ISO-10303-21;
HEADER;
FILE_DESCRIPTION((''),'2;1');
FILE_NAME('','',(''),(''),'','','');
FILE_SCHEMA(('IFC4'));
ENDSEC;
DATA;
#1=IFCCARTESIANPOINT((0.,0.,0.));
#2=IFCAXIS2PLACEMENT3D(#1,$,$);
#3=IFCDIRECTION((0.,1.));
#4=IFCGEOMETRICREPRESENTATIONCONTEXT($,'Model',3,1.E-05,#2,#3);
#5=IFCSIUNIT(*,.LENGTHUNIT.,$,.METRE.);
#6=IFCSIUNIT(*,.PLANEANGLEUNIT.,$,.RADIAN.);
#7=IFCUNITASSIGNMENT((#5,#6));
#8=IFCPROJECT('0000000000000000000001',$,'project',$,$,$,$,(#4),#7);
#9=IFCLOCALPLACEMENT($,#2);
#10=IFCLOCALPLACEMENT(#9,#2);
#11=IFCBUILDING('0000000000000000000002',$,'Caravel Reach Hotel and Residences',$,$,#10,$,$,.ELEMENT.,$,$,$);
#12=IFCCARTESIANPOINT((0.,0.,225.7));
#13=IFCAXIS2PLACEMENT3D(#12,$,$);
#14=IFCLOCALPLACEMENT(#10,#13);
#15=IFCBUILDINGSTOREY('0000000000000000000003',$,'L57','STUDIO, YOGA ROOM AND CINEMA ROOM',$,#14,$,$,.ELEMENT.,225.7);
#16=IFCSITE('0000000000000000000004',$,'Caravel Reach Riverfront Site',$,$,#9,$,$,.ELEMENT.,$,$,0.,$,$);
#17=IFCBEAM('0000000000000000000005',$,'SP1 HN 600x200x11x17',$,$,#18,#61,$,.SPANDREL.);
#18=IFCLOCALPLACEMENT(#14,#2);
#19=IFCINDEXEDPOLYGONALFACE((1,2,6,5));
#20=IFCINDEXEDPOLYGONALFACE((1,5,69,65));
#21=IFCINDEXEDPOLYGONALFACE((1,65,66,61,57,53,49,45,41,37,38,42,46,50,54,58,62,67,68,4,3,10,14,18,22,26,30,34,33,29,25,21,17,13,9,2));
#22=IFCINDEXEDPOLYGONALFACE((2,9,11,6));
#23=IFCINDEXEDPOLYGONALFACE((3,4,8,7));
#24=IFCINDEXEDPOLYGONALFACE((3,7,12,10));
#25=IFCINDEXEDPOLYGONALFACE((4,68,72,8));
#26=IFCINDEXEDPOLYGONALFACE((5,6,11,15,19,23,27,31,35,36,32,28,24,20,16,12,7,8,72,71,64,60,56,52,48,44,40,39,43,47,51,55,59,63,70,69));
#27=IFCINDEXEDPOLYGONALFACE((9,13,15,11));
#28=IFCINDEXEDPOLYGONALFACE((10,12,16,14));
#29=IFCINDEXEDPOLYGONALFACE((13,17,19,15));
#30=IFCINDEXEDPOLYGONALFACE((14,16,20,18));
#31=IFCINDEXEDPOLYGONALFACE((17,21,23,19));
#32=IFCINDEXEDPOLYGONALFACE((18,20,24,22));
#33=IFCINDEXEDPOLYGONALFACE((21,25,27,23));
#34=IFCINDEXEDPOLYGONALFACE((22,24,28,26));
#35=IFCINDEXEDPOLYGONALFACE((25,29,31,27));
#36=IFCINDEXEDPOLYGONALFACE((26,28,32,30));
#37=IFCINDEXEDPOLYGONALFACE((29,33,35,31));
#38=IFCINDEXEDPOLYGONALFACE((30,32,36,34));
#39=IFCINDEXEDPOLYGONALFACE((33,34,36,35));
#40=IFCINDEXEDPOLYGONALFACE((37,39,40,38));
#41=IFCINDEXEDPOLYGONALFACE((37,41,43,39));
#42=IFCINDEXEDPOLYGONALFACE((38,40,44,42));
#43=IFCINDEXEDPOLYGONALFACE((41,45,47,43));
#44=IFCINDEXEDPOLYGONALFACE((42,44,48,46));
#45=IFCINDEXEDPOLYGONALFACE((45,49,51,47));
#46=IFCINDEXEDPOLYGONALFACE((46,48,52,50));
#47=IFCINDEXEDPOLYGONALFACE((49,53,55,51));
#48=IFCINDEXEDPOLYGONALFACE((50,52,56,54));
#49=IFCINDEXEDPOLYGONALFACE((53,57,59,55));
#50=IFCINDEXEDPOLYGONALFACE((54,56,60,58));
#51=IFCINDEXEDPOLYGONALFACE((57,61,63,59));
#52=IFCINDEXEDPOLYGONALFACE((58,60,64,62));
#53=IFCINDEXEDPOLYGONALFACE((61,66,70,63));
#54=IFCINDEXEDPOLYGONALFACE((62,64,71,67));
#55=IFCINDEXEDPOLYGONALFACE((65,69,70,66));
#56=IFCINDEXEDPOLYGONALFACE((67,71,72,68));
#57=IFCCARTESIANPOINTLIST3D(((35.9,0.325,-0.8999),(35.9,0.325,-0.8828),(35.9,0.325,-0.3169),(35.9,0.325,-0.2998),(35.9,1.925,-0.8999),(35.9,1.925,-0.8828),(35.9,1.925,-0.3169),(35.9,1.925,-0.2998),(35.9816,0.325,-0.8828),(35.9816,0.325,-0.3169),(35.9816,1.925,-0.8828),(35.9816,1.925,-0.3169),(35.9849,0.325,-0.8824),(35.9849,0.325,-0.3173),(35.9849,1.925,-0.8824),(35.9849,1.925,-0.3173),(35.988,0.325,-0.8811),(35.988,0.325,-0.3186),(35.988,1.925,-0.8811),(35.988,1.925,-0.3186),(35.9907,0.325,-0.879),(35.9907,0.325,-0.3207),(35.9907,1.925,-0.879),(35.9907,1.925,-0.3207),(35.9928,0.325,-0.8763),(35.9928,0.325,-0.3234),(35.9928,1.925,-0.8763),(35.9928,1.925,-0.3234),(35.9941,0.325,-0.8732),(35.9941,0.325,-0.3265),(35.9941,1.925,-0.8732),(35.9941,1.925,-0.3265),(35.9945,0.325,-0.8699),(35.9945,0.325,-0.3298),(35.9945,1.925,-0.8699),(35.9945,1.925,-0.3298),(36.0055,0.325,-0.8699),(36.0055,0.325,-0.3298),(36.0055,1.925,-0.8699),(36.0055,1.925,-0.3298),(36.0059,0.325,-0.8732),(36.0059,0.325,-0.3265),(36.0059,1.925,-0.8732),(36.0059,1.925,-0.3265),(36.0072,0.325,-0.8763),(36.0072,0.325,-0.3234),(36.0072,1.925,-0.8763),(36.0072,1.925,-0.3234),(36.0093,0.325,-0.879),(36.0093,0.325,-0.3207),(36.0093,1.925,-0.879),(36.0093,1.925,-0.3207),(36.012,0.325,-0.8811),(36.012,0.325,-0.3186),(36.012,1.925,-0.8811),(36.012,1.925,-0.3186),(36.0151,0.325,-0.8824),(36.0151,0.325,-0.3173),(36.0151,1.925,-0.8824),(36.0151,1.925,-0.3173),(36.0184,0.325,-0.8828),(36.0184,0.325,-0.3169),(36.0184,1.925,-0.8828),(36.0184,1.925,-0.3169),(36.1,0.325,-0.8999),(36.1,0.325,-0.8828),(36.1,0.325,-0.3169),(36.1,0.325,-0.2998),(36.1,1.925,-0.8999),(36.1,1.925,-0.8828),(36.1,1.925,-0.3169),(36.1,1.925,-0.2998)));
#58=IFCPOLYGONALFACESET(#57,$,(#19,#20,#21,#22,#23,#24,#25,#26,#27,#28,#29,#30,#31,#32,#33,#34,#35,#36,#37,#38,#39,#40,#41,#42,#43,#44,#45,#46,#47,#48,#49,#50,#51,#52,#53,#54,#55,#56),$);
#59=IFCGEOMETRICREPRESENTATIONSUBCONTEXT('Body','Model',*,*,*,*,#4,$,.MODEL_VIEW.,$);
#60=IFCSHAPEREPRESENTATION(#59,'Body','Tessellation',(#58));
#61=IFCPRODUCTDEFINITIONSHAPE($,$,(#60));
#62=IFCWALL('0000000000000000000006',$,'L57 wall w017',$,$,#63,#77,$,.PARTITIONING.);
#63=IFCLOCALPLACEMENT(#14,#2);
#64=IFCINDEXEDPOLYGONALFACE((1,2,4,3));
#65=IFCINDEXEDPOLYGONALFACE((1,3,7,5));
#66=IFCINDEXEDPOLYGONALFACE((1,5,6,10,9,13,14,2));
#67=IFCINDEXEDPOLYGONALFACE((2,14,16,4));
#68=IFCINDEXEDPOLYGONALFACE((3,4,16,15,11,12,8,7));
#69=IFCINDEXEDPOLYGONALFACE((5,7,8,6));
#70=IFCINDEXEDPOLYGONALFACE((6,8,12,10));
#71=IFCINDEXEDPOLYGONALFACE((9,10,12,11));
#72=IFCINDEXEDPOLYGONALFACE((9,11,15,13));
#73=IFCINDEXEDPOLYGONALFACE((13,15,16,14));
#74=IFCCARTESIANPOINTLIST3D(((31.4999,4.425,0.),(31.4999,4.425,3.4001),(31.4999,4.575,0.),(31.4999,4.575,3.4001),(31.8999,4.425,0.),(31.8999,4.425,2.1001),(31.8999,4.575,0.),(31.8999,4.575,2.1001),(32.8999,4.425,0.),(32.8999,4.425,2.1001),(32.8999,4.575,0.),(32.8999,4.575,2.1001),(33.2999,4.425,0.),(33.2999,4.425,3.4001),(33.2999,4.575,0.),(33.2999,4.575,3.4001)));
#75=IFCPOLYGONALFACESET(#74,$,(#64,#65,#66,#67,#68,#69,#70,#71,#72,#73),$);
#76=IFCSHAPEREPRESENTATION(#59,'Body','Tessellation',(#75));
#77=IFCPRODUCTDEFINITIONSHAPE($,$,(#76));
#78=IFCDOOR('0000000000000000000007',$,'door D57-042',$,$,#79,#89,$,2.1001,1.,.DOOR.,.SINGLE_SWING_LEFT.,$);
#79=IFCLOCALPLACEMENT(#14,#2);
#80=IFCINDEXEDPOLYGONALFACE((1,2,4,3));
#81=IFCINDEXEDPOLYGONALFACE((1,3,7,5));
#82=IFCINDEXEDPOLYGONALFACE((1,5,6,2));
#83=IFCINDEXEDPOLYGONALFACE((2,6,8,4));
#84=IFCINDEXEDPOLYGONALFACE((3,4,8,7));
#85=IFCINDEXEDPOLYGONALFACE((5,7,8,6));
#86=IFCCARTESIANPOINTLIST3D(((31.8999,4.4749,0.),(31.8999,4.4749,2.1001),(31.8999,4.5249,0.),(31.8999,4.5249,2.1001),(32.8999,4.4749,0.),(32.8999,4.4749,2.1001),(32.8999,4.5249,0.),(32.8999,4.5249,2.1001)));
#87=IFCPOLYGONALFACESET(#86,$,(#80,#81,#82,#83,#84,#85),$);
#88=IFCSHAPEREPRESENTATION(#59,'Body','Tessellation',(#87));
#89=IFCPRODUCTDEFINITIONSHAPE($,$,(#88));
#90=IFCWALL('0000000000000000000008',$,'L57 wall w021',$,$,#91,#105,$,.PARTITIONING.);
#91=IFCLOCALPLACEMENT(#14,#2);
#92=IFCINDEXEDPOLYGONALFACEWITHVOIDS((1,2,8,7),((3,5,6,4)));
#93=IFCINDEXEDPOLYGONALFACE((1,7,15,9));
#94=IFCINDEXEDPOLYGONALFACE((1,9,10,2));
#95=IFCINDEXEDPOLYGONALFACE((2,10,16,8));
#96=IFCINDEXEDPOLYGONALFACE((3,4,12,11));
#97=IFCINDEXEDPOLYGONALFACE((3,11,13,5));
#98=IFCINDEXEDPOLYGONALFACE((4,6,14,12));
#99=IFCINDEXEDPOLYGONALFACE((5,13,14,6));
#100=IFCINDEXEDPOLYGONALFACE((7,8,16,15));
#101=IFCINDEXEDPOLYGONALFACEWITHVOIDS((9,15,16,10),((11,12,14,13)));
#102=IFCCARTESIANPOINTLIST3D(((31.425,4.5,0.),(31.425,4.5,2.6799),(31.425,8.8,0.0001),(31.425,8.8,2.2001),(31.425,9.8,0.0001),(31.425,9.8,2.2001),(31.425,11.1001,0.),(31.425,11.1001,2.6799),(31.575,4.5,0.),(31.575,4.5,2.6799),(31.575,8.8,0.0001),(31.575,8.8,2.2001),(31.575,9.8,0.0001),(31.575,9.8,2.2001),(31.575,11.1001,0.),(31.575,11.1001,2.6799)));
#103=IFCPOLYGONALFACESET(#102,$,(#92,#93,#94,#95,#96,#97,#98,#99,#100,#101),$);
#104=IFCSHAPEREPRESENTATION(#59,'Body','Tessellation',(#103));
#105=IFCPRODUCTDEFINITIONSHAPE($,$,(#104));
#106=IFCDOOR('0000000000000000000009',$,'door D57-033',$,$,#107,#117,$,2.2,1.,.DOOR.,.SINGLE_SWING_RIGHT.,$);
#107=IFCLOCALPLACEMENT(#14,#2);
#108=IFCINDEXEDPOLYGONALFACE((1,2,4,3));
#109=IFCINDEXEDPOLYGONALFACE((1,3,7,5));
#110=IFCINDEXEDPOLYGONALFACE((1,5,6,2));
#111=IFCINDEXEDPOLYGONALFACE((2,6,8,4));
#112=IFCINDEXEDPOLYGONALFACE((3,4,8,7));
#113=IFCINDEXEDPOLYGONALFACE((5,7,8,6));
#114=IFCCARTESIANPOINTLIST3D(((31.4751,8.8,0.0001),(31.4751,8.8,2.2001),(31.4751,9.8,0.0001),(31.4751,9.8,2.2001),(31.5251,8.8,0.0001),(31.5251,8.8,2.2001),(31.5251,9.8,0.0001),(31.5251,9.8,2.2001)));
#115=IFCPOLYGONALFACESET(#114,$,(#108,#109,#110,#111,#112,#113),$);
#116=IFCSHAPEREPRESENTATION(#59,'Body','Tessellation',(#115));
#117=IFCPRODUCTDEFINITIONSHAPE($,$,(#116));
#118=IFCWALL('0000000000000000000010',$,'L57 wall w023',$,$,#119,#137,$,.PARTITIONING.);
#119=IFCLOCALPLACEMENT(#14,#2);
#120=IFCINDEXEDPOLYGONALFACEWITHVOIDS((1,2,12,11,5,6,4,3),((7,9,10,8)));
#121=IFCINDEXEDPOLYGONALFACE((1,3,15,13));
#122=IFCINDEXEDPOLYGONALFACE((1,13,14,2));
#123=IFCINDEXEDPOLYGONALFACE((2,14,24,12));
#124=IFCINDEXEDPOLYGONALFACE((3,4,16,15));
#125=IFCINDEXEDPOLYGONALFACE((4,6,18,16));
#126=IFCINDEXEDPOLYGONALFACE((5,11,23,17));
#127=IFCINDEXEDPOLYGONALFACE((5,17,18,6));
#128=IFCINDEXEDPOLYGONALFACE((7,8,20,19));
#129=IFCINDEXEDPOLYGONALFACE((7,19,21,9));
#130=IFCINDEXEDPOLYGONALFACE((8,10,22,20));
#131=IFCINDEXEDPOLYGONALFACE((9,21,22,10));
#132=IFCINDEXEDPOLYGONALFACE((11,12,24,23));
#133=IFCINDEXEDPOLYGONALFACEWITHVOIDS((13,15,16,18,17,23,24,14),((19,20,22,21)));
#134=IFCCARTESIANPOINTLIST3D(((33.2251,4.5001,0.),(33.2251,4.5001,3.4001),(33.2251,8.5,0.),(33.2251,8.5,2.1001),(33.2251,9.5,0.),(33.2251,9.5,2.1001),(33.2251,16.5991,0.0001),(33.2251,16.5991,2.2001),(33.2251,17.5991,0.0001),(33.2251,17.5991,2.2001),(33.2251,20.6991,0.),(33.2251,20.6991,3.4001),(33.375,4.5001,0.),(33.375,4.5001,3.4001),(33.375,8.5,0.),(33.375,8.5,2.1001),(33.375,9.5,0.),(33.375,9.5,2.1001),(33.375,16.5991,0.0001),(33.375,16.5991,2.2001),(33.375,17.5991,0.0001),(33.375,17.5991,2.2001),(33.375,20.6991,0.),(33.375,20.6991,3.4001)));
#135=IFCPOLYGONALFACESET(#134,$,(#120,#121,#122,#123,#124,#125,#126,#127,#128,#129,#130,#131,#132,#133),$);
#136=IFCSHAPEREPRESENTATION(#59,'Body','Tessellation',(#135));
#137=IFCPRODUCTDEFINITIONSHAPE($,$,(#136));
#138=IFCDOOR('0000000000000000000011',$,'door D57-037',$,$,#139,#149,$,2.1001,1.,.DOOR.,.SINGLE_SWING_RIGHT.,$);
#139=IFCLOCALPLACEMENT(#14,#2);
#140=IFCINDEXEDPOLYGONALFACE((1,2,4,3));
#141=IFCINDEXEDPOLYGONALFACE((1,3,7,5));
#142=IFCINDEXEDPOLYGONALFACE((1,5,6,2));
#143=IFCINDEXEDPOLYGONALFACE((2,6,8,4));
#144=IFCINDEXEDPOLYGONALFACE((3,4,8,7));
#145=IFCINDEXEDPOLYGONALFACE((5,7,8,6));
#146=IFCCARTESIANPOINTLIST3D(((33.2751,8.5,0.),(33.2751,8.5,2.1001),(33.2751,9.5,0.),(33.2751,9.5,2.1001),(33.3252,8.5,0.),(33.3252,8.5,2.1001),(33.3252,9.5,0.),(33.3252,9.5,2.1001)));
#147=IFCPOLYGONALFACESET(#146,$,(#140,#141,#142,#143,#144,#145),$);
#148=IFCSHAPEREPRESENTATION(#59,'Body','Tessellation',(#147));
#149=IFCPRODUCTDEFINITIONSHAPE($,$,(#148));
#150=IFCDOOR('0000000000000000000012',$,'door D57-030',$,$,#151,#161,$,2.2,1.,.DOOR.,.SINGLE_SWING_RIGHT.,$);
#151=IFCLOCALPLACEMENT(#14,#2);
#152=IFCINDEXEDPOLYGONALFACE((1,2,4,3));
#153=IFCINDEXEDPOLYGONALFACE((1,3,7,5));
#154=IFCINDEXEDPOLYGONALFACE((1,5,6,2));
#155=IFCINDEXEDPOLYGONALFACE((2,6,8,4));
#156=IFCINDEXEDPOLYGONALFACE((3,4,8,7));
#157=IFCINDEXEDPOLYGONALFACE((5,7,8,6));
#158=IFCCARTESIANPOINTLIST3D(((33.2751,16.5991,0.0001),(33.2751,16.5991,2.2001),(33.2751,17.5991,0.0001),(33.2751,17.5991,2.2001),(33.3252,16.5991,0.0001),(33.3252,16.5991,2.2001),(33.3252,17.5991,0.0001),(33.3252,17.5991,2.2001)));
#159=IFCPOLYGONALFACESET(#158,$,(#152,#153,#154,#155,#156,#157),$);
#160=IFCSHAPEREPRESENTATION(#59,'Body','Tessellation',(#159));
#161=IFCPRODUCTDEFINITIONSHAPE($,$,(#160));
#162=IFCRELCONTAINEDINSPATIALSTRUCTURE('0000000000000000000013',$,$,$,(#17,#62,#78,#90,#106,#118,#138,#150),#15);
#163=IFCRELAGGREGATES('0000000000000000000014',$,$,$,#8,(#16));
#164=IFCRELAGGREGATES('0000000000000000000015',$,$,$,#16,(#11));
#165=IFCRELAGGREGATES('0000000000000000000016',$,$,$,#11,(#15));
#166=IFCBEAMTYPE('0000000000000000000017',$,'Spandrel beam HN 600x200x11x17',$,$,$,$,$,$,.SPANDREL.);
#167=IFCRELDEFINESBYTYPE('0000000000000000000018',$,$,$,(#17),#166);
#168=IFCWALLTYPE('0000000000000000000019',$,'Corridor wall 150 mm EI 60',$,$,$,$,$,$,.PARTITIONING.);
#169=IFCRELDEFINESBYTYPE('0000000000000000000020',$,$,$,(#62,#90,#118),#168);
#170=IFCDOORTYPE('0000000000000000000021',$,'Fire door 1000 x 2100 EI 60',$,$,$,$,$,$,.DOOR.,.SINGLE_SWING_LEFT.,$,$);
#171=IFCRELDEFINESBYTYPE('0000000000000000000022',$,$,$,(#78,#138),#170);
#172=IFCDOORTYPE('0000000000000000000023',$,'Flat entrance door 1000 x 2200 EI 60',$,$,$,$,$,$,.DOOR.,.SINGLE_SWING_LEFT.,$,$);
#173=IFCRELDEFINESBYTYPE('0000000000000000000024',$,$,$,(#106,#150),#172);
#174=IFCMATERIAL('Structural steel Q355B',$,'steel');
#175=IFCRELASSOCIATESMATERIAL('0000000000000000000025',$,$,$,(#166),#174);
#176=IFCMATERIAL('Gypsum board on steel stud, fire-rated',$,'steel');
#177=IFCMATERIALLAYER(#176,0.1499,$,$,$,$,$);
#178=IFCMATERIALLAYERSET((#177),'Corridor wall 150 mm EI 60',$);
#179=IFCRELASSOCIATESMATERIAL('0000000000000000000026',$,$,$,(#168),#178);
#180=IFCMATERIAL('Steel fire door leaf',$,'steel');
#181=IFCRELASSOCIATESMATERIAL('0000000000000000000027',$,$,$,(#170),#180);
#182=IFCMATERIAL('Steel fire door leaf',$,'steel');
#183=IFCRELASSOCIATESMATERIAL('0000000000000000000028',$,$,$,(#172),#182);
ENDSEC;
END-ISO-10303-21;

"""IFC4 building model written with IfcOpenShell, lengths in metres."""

from ifc_helpers import new_model, si_unit, direction, frame, frame_2d, origin, origin_2d, place, context, subcontext, project, spatial, rectangle, i_section, extrude, material, layer, layer_set, material_profile, profile_set, type_object, element, fill, save


model = new_model("IFC4")

# Units and contexts
model_context = context("Model", 3, precision=1e-05, world=origin(), true_north=direction((0.0, 1.0)))
body_context = subcontext(model_context, "Body", "Model", "MODEL_VIEW")
ifc_project = project(units=[si_unit("LENGTHUNIT", "METRE"), si_unit("PLANEANGLEUNIT", "RADIAN")], contexts=[model_context])

# Site, building, storey
site_placement = place(None, origin())
site = spatial("IfcSite", under=ifc_project, at=site_placement, Name="Caravel Reach Riverfront Site", CompositionType="ELEMENT", RefElevation=0.0)
building_placement = place(site_placement, origin())
building = spatial("IfcBuilding", under=site, at=building_placement, Name="Caravel Reach Hotel and Residences", CompositionType="ELEMENT")
storey_placement = place(building_placement, frame((0.0, 0.0, 225.7)))
storey = spatial("IfcBuildingStorey", under=building, at=storey_placement, Name="L57", Description="STUDIO, YOGA ROOM AND CINEMA ROOM", CompositionType="ELEMENT", Elevation=225.7)

# Beam
ifc_material_1 = material(Name="Structural steel Q355B", Category="steel")
ifc_material_profile_1 = material_profile(ifc_material_1, i_section(OverallWidth=0.2, OverallDepth=0.6001, WebThickness=0.011, FlangeThickness=0.0171, FilletRadius=0.0129, at=origin_2d()), Name="HN 600x200x11x17")
ifc_profile_set_1 = profile_set([ifc_material_profile_1], Name="Structural steel Q355B")
beam_type = type_object("IfcBeamType", Name="Spandrel beam HN 600x200x11x17", PredefinedType="SPANDREL", material=ifc_profile_set_1)
beam_1_placement = place(storey_placement, frame((36.0, 0.325, -0.5999), z_axis=(0.0, 1.0, 0.0), x_axis=(-1.0, 0.0, 0.0)))
element("IfcBeam", 1, at=beam_1_placement, inside=storey, type_object=beam_type, Name="SP1 HN 600x200x11x17", PredefinedType="SPANDREL", context=body_context, shape_type="SweptSolid", body=[
    extrude(i_section(OverallWidth=0.2, OverallDepth=0.6001, WebThickness=0.011, FlangeThickness=0.0171, FilletRadius=0.0129, at=origin_2d()), origin(), (0.0, 0.0, 1.0), 1.6001),
])

# Walls, openings, doors
ifc_material_2 = material(Name="Gypsum board on steel stud, fire-rated", Category="steel")
ifc_layer_1 = layer(ifc_material_2, 0.1499)
ifc_layer_set_1 = layer_set([ifc_layer_1], Name="Corridor wall 150 mm EI 60")
wall_type_1 = type_object("IfcWallType", Name="Corridor wall 150 mm EI 60", PredefinedType="PARTITIONING", material=ifc_layer_set_1)
wall_1_placement = place(storey_placement, frame((31.5, 4.5, 0.0), z_axis=(0.0, 0.0, 1.0), x_axis=(1.0, 0.0, 0.0)))
wall_1 = element("IfcWall", 2, at=wall_1_placement, inside=storey, type_object=wall_type_1, Name="L57 wall w017", PredefinedType="PARTITIONING", context=body_context, shape_type="SweptSolid", body=[
    extrude(rectangle(XDim=1.8, YDim=0.1499, at=frame_2d((0.8999, 0.0))), origin(), (0.0, 0.0, 1.0), 3.4001),
])
opening_1_placement = place(wall_1_placement, frame((0.3999, 0.0, 0.0)))
opening_1 = element("IfcOpeningElement", 3, at=opening_1_placement, cuts=wall_1, PredefinedType="OPENING", context=body_context, shape_type="SweptSolid", body=[
    extrude(rectangle(XDim=1.0, YDim=2.1001, at=frame_2d((0.5, 1.05))), frame((0.0, 0.085, 0.0), z_axis=(0.0, -1.0, 0.0), x_axis=(1.0, 0.0, 0.0)), (0.0, 0.0, 1.0), 0.1699),
])
ifc_material_3 = material(Name="Steel fire door leaf", Category="steel")
door_type_1 = type_object("IfcDoorType", Name="Fire door 1000 x 2100 EI 60", OperationType="SINGLE_SWING_LEFT", PredefinedType="DOOR", material=ifc_material_3)
door_1_placement = place(opening_1_placement, origin())
door_1 = element("IfcDoor", 4, at=door_1_placement, inside=storey, type_object=door_type_1, Name="door D57-042", OperationType="SINGLE_SWING_LEFT", OverallHeight=2.1001, OverallWidth=1.0, PredefinedType="DOOR", context=body_context, shape_type="SweptSolid", body=[
    extrude(rectangle(XDim=1.0, YDim=2.1001, at=frame_2d((0.5, 1.05))), frame((0.0, 0.0249, 0.0), z_axis=(0.0, -1.0, 0.0), x_axis=(1.0, 0.0, 0.0)), (0.0, 0.0, 1.0), 0.05),
])
fill(opening_1, door_1)
wall_2_placement = place(storey_placement, frame((31.5, 4.5, 0.0), z_axis=(0.0, 0.0, 1.0), x_axis=(0.0, 1.0, 0.0)))
wall_2 = element("IfcWall", 5, at=wall_2_placement, inside=storey, type_object=wall_type_1, Name="L57 wall w021", PredefinedType="PARTITIONING", context=body_context, shape_type="SweptSolid", body=[
    extrude(rectangle(XDim=6.6001, YDim=0.1499, at=frame_2d((3.3, 0.0))), origin(), (0.0, 0.0, 1.0), 2.6799),
])
opening_2_placement = place(wall_2_placement, frame((4.3, 0.0, 0.0)))
opening_2 = element("IfcOpeningElement", 6, at=opening_2_placement, cuts=wall_2, PredefinedType="OPENING", context=body_context, shape_type="SweptSolid", body=[
    extrude(rectangle(XDim=1.0, YDim=2.2, at=frame_2d((0.5, 1.1001))), frame((0.0, 0.085, 0.0), z_axis=(0.0, -1.0, 0.0), x_axis=(1.0, 0.0, 0.0)), (0.0, 0.0, 1.0), 0.1699),
])
ifc_material_4 = material(Name="Steel fire door leaf", Category="steel")
door_type_2 = type_object("IfcDoorType", Name="Flat entrance door 1000 x 2200 EI 60", OperationType="SINGLE_SWING_LEFT", PredefinedType="DOOR", material=ifc_material_4)
door_2_placement = place(opening_2_placement, origin())
door_2 = element("IfcDoor", 7, at=door_2_placement, inside=storey, type_object=door_type_2, Name="door D57-033", OperationType="SINGLE_SWING_RIGHT", OverallHeight=2.2, OverallWidth=1.0, PredefinedType="DOOR", context=body_context, shape_type="SweptSolid", body=[
    extrude(rectangle(XDim=1.0, YDim=2.2, at=frame_2d((0.5, 1.1001))), frame((0.0, 0.0249, 0.0), z_axis=(0.0, -1.0, 0.0), x_axis=(1.0, 0.0, 0.0)), (0.0, 0.0, 1.0), 0.05),
])
fill(opening_2, door_2)

# Wall, openings, doors
wall_3_placement = place(storey_placement, frame((33.3, 4.5, 0.0), z_axis=(0.0, 0.0, 1.0), x_axis=(0.0, 1.0, 0.0)))
wall_3 = element("IfcWall", 8, at=wall_3_placement, inside=storey, type_object=wall_type_1, Name="L57 wall w023", PredefinedType="PARTITIONING", context=body_context, shape_type="SweptSolid", body=[
    extrude(rectangle(XDim=16.199, YDim=0.1499, at=frame_2d((8.0996, 0.0))), origin(), (0.0, 0.0, 1.0), 3.4001),
])
opening_3_placement = place(wall_3_placement, frame((12.0991, 0.0, 0.0)))
opening_3 = element("IfcOpeningElement", 9, at=opening_3_placement, cuts=wall_3, PredefinedType="OPENING", context=body_context, shape_type="SweptSolid", body=[
    extrude(rectangle(XDim=1.0, YDim=2.2, at=frame_2d((0.5, 1.1001))), frame((0.0, 0.085, 0.0), z_axis=(0.0, -1.0, 0.0), x_axis=(1.0, 0.0, 0.0)), (0.0, 0.0, 1.0), 0.1699),
])
opening_4_placement = place(wall_3_placement, frame((4.0, 0.0, 0.0)))
opening_4 = element("IfcOpeningElement", 10, at=opening_4_placement, cuts=wall_3, PredefinedType="OPENING", context=body_context, shape_type="SweptSolid", body=[
    extrude(rectangle(XDim=1.0, YDim=2.1001, at=frame_2d((0.5, 1.05))), frame((0.0, 0.085, 0.0), z_axis=(0.0, -1.0, 0.0), x_axis=(1.0, 0.0, 0.0)), (0.0, 0.0, 1.0), 0.1699),
])
door_3_placement = place(opening_4_placement, origin())
door_3 = element("IfcDoor", 11, at=door_3_placement, inside=storey, type_object=door_type_1, Name="door D57-037", OperationType="SINGLE_SWING_RIGHT", OverallHeight=2.1001, OverallWidth=1.0, PredefinedType="DOOR", context=body_context, shape_type="SweptSolid", body=[
    extrude(rectangle(XDim=1.0, YDim=2.1001, at=frame_2d((0.5, 1.05))), frame((0.0, 0.0249, 0.0), z_axis=(0.0, -1.0, 0.0), x_axis=(1.0, 0.0, 0.0)), (0.0, 0.0, 1.0), 0.05),
])
fill(opening_4, door_3)
door_4_placement = place(opening_3_placement, origin())
door_4 = element("IfcDoor", 12, at=door_4_placement, inside=storey, type_object=door_type_2, Name="door D57-030", OperationType="SINGLE_SWING_RIGHT", OverallHeight=2.2, OverallWidth=1.0, PredefinedType="DOOR", context=body_context, shape_type="SweptSolid", body=[
    extrude(rectangle(XDim=1.0, YDim=2.2, at=frame_2d((0.5, 1.1001))), frame((0.0, 0.0249, 0.0), z_axis=(0.0, -1.0, 0.0), x_axis=(1.0, 0.0, 0.0)), (0.0, 0.0, 1.0), 0.05),
])
fill(opening_3, door_4)

save(model, "model.ifc")
